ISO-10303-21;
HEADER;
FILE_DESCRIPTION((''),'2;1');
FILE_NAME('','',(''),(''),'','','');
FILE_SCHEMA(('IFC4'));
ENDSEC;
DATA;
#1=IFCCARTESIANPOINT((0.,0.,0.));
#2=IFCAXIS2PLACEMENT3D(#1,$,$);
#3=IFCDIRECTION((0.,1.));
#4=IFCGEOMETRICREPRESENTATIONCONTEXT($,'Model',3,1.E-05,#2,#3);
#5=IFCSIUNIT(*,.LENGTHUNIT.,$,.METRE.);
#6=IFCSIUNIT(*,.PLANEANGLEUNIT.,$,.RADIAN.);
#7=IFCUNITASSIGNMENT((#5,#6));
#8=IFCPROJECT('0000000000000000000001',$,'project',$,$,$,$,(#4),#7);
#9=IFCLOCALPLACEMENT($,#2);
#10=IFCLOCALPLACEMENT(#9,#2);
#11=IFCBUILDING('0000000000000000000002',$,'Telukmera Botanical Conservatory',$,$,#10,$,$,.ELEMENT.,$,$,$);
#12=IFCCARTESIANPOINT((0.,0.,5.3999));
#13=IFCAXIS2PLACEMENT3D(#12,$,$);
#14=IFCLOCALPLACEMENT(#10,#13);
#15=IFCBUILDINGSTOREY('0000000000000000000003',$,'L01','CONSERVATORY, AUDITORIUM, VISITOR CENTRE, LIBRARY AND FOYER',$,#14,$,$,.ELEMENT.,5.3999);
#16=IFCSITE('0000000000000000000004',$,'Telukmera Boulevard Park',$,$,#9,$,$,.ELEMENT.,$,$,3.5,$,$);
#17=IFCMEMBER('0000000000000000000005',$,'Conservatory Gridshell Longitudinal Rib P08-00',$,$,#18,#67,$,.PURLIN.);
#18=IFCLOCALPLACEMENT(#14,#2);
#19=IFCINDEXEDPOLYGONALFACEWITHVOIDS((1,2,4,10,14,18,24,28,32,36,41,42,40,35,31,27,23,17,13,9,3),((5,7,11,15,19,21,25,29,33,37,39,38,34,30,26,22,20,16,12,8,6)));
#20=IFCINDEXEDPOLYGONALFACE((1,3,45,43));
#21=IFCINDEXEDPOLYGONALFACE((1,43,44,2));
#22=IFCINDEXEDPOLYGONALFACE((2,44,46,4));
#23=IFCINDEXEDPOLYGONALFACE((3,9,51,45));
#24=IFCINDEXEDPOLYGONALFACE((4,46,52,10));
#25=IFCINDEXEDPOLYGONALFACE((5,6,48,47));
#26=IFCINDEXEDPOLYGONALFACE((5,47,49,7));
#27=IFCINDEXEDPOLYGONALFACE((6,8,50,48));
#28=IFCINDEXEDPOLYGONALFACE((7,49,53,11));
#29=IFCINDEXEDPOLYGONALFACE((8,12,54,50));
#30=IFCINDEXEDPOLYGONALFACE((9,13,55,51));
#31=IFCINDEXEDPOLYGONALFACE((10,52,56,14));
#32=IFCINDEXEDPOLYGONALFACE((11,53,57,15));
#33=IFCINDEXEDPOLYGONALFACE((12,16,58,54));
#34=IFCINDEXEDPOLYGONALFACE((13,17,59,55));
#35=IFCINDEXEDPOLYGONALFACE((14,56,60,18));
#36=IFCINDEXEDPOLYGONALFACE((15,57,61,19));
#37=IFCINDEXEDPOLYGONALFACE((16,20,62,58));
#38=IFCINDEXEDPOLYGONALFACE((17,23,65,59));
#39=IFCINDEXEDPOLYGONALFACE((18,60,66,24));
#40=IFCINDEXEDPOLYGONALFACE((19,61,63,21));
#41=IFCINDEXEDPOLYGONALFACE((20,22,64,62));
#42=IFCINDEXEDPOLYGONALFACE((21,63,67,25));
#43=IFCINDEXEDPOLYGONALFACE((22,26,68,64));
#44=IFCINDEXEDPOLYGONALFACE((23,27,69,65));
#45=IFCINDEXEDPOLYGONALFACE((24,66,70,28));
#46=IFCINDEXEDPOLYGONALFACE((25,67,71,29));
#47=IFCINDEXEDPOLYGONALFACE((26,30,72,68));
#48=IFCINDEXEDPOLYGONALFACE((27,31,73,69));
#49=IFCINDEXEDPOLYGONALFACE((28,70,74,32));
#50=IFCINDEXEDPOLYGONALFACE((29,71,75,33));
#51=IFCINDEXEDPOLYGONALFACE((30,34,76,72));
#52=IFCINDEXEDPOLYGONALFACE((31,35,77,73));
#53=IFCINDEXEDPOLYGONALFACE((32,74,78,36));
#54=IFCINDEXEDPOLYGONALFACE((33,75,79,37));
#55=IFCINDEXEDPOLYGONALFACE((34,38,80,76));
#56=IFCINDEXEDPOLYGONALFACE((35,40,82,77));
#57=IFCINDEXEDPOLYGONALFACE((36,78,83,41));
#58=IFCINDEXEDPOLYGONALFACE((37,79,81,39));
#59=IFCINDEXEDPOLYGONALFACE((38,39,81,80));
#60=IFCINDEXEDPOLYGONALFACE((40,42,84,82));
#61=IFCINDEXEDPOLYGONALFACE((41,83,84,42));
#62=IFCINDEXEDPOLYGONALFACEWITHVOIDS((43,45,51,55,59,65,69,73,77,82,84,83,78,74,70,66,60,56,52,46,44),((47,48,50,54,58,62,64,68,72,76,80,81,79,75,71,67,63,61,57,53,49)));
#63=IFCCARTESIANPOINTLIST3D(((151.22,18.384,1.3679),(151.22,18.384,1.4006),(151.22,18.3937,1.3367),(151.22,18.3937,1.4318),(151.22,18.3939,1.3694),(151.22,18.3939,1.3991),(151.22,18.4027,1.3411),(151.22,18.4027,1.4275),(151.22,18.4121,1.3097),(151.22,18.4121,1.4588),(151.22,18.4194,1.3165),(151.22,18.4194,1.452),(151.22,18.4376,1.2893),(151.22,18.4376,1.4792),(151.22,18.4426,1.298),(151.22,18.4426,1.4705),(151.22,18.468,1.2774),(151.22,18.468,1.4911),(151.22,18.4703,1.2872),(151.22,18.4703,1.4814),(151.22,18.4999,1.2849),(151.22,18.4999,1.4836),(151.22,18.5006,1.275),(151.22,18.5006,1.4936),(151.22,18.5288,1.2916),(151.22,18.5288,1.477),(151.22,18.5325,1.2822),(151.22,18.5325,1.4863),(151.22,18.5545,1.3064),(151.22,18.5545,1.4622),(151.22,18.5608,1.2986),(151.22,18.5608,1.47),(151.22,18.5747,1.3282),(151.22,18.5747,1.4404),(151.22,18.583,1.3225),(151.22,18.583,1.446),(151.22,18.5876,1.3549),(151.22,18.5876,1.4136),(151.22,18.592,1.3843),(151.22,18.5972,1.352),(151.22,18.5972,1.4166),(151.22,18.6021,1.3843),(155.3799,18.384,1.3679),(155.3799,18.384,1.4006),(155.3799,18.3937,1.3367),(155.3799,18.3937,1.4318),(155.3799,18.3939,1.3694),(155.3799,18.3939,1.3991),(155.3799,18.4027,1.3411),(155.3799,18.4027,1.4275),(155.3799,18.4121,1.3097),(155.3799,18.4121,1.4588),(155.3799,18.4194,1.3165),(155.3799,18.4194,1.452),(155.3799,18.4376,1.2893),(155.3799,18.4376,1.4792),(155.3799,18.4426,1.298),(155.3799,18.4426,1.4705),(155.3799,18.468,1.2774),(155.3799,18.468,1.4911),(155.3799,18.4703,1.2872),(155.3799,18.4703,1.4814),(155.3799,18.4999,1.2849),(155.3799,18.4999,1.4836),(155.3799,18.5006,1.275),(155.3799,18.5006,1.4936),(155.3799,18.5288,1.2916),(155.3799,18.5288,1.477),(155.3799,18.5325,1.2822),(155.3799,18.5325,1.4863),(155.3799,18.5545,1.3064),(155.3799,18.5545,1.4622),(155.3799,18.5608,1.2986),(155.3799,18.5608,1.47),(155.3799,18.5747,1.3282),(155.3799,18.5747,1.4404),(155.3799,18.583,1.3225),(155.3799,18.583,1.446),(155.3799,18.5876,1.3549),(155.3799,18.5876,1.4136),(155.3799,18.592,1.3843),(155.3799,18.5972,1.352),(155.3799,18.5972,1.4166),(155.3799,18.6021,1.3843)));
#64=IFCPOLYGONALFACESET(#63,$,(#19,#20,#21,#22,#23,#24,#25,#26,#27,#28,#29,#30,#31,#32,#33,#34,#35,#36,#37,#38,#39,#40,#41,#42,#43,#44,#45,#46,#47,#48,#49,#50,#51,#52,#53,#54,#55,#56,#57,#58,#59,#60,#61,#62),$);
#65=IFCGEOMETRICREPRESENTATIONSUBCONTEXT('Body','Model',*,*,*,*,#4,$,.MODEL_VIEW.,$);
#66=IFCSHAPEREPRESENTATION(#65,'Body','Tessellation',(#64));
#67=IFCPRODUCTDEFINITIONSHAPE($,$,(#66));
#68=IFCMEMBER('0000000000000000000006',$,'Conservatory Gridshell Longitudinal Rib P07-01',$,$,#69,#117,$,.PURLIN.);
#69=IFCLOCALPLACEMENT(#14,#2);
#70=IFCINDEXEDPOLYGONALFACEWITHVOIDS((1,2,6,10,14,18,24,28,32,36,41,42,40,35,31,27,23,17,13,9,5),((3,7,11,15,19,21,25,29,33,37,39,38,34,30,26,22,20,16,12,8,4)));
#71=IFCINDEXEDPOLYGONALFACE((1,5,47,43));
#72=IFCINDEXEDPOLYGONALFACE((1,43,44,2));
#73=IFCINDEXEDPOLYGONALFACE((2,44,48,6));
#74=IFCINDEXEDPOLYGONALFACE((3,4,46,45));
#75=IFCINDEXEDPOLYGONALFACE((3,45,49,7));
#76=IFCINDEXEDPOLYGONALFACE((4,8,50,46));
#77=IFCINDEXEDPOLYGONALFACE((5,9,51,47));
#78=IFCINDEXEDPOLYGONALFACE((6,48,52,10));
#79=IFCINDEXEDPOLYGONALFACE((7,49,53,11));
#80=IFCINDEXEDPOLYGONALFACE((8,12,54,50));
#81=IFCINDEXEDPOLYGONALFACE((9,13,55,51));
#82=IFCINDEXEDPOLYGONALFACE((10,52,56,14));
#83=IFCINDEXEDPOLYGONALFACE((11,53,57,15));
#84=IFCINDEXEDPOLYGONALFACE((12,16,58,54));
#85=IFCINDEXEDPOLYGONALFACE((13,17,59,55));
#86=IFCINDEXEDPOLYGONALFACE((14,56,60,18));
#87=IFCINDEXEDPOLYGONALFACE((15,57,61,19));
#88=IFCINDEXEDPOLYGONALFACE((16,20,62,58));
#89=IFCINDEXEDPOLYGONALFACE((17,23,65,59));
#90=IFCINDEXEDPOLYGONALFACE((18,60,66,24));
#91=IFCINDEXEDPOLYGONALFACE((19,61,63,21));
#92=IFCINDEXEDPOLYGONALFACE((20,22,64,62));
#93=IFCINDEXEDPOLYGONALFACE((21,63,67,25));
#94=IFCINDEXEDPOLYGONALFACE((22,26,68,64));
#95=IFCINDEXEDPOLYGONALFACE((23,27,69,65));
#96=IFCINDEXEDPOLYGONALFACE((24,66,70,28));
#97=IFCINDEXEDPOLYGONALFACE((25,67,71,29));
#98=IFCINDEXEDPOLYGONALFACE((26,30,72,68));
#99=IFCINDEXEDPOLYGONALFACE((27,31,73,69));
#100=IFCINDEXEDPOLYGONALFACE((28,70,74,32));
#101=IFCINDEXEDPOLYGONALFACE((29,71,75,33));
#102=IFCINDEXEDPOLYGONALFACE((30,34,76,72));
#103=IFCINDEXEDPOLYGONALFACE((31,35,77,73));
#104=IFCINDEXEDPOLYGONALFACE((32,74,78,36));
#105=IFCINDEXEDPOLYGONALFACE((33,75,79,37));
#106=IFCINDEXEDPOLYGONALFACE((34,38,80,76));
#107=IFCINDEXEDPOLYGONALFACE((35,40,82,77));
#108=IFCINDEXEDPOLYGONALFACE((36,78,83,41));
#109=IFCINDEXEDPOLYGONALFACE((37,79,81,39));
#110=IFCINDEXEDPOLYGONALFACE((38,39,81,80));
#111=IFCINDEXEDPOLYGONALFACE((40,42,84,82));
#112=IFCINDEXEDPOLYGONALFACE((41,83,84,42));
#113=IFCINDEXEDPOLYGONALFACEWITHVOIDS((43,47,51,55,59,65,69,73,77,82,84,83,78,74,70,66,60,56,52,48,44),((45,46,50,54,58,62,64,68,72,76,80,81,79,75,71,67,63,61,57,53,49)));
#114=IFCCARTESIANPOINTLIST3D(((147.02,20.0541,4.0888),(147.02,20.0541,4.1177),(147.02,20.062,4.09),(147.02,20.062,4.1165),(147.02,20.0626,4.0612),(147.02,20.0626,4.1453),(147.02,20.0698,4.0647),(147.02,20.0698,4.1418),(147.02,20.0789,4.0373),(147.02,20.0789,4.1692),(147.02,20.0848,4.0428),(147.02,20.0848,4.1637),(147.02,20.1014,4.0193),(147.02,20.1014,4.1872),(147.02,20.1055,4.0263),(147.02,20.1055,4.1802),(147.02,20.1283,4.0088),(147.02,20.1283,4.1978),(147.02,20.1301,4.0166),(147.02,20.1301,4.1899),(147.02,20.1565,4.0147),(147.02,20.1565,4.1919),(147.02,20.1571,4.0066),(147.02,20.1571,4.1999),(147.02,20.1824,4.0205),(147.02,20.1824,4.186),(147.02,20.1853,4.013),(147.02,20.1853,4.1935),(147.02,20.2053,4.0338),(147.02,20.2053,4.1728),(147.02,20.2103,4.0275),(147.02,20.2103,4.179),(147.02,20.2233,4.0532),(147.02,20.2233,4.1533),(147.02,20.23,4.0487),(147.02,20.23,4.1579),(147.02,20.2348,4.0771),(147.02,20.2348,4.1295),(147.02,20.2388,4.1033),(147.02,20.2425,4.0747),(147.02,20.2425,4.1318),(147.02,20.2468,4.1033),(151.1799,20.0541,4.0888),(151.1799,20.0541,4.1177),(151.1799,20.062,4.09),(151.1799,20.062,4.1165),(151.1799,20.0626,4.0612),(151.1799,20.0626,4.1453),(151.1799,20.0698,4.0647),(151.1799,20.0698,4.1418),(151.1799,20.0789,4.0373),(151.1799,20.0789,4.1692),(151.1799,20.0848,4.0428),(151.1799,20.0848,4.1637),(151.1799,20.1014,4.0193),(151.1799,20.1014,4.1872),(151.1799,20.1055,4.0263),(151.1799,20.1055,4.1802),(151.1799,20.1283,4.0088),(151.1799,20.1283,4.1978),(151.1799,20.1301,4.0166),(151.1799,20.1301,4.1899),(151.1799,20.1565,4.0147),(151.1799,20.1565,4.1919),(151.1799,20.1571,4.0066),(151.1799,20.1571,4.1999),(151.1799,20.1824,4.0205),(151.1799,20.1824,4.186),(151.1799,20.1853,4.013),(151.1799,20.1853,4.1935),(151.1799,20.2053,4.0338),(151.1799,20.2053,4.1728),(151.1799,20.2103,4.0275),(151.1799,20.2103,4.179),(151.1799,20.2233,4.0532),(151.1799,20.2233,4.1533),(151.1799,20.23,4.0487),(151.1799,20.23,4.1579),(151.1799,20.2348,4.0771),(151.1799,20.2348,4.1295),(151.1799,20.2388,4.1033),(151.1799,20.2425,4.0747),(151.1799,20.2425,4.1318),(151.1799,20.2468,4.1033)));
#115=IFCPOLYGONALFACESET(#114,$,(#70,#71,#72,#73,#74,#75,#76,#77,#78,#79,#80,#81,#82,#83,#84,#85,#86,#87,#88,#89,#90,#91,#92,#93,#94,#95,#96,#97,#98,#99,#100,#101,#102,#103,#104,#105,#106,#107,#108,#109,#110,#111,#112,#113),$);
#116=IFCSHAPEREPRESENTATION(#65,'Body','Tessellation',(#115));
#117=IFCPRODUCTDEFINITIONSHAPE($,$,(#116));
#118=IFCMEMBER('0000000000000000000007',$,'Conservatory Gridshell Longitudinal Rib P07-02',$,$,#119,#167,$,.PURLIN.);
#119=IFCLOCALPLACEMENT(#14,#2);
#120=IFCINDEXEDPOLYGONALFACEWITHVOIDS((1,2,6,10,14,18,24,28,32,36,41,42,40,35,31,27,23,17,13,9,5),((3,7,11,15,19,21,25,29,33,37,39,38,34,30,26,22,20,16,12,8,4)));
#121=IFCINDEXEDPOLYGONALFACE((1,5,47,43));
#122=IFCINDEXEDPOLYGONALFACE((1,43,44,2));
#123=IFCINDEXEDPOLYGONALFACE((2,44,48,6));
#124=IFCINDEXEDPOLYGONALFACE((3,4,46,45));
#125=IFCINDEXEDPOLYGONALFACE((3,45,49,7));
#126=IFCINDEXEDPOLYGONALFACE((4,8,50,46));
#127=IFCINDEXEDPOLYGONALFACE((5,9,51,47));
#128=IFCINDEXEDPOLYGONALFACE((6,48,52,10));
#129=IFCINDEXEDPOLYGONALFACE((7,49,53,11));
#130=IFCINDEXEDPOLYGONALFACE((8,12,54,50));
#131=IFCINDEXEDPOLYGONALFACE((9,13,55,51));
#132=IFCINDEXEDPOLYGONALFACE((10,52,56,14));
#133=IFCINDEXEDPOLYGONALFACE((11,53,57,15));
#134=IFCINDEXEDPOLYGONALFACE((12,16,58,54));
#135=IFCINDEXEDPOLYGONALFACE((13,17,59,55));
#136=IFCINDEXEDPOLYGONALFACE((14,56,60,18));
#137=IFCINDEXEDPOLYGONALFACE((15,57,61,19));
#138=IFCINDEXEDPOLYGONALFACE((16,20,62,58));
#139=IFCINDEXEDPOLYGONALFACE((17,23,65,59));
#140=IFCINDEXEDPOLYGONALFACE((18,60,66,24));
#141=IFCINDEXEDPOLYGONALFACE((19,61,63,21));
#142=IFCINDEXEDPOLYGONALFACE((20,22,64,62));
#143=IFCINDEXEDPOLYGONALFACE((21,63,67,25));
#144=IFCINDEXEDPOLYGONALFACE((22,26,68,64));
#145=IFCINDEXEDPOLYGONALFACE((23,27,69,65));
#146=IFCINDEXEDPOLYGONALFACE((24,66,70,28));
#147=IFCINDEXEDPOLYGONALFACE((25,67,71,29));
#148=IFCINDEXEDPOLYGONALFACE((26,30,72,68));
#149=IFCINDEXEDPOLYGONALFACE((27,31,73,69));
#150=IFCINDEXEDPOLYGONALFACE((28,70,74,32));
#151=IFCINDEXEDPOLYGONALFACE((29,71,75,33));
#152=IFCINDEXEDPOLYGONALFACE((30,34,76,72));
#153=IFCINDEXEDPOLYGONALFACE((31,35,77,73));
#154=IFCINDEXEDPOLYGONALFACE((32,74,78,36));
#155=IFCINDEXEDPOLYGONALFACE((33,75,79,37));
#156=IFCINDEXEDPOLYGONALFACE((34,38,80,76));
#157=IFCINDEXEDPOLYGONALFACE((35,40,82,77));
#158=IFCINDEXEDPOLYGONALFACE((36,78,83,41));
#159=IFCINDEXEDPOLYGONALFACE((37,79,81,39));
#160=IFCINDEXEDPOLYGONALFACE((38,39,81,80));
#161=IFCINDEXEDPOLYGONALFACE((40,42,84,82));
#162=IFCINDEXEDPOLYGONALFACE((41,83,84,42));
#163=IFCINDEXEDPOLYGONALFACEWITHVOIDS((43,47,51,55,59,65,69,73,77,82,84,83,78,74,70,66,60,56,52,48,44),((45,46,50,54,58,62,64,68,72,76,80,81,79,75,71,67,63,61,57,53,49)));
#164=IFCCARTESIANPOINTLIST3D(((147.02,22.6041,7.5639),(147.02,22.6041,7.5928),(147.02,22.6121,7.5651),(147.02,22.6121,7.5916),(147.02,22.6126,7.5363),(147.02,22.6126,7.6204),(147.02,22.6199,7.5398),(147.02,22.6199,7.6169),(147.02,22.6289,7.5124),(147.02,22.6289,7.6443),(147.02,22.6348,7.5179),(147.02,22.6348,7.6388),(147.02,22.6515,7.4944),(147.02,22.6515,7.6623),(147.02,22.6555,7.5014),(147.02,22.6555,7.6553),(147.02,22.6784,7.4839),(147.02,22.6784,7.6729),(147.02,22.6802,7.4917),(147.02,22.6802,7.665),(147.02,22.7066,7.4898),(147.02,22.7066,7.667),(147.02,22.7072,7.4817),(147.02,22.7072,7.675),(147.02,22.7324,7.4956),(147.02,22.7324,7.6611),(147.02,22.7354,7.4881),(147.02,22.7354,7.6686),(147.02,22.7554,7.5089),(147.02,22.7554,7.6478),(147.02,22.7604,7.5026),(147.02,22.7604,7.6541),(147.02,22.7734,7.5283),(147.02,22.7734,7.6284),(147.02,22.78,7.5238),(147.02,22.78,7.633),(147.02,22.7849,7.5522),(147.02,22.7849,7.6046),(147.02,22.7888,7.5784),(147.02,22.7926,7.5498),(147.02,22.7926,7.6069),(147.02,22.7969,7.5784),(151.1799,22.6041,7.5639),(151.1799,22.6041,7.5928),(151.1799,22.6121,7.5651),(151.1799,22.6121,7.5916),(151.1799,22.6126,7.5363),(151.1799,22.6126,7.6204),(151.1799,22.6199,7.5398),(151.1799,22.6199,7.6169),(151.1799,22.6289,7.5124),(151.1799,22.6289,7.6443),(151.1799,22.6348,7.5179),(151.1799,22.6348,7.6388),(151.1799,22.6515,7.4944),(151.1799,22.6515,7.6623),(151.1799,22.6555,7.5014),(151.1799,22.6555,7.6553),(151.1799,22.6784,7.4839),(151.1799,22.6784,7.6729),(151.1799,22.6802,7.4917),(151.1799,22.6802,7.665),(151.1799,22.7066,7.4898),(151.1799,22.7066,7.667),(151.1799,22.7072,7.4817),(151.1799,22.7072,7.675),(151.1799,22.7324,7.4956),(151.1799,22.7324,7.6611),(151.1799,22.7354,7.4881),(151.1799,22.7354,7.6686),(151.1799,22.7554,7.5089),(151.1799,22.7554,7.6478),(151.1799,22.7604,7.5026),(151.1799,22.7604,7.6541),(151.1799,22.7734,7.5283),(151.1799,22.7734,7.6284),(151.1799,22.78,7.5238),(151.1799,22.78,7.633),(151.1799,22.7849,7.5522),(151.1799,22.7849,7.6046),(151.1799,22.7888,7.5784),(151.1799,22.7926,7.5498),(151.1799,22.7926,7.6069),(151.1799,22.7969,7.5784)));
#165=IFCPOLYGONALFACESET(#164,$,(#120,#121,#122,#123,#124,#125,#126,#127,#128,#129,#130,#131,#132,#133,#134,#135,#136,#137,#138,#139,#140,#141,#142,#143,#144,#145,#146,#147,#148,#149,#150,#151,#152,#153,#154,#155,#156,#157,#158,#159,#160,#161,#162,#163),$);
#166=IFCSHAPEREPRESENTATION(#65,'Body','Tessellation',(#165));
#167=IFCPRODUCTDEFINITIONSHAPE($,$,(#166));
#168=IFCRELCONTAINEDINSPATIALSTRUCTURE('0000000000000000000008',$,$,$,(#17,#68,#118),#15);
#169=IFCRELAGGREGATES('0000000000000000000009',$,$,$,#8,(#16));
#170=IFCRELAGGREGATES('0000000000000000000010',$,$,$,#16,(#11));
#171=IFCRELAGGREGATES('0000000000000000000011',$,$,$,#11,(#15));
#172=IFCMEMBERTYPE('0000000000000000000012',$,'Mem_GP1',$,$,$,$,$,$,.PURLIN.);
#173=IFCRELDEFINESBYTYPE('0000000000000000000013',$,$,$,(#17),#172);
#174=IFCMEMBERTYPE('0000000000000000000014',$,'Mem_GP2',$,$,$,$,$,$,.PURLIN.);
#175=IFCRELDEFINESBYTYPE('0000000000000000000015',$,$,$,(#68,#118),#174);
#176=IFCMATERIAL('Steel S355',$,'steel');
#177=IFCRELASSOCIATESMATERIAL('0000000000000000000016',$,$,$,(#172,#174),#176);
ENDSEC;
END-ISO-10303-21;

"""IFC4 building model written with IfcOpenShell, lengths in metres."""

from ifc_helpers import new_model, si_unit, direction, frame, origin, origin_2d, place, context, subcontext, project, spatial, hollow_circle, extrude, material, material_profile, profile_set, type_object, element, save


model = new_model("IFC4")

# Units and contexts
model_context = context("Model", 3, precision=1e-05, world=origin(), true_north=direction((0.0, 1.0)))
body_context = subcontext(model_context, "Body", "Model", "MODEL_VIEW")
ifc_project = project(units=[si_unit("LENGTHUNIT", "METRE"), si_unit("PLANEANGLEUNIT", "RADIAN")], contexts=[model_context])

# Site, building, storey
site_placement = place(None, origin())
site = spatial("IfcSite", under=ifc_project, at=site_placement, Name="Telukmera Boulevard Park", CompositionType="ELEMENT", RefElevation=3.5)
building_placement = place(site_placement, origin())
building = spatial("IfcBuilding", under=site, at=building_placement, Name="Telukmera Botanical Conservatory", CompositionType="ELEMENT")
storey_placement = place(building_placement, frame((0.0, 0.0, 5.3999)))
storey = spatial("IfcBuildingStorey", under=building, at=storey_placement, Name="L01", Description="CONSERVATORY, AUDITORIUM, VISITOR CENTRE, LIBRARY AND FOYER", CompositionType="ELEMENT", Elevation=5.3999)

# Shared definitions
ifc_material_1 = material(Name="Steel S355", Category="steel")

# Members
ifc_material_profile_1 = material_profile(ifc_material_1, hollow_circle(Radius=0.1096, WallThickness=0.01, at=origin_2d()), Name="CHS 219.1x10.0")
ifc_profile_set_1 = profile_set([ifc_material_profile_1], Name="Steel S355")
member_type_1 = type_object("IfcMemberType", Name="Mem_GP1", PredefinedType="PURLIN", material=ifc_profile_set_1)
for number, where, z_axis, x_axis, name in (
    (1, (151.22, 18.4924, 1.3843), (1.0, 0.0, 0.0), (0.0, 1.0, 0.0), "Conservatory Gridshell Longitudinal Rib P08-00"),
):
    element("IfcMember", number, at=place(storey_placement, frame(where, z_axis=z_axis, x_axis=x_axis)), inside=storey, type_object=member_type_1, Name=name, PredefinedType="PURLIN", context=body_context, shape_type="SweptSolid", body=[
        extrude(hollow_circle(Radius=0.1096, WallThickness=0.01, at=origin_2d()), origin(), (0.0, 0.0, 1.0), 4.1599),
    ])
ifc_material_profile_2 = material_profile(ifc_material_1, hollow_circle(Radius=0.0969, WallThickness=0.0081, at=origin_2d()), Name="CHS 193.7x8.0")
ifc_profile_set_2 = profile_set([ifc_material_profile_2], Name="Steel S355")
member_type_2 = type_object("IfcMemberType", Name="Mem_GP2", PredefinedType="PURLIN", material=ifc_profile_set_2)
for number, where, z_axis, x_axis, name in (
    (2, (147.02, 20.1499, 4.1033), (1.0, 0.0, 0.0), (0.0, 1.0, 0.0), "Conservatory Gridshell Longitudinal Rib P07-01"),
    (3, (147.02, 22.7, 7.5784), (1.0, 0.0, 0.0), (0.0, 1.0, 0.0), "Conservatory Gridshell Longitudinal Rib P07-02"),
):
    element("IfcMember", number, at=place(storey_placement, frame(where, z_axis=z_axis, x_axis=x_axis)), inside=storey, type_object=member_type_2, Name=name, PredefinedType="PURLIN", context=body_context, shape_type="SweptSolid", body=[
        extrude(hollow_circle(Radius=0.0969, WallThickness=0.0081, at=origin_2d()), origin(), (0.0, 0.0, 1.0), 4.1599),
    ])

save(model, "model.ifc")
